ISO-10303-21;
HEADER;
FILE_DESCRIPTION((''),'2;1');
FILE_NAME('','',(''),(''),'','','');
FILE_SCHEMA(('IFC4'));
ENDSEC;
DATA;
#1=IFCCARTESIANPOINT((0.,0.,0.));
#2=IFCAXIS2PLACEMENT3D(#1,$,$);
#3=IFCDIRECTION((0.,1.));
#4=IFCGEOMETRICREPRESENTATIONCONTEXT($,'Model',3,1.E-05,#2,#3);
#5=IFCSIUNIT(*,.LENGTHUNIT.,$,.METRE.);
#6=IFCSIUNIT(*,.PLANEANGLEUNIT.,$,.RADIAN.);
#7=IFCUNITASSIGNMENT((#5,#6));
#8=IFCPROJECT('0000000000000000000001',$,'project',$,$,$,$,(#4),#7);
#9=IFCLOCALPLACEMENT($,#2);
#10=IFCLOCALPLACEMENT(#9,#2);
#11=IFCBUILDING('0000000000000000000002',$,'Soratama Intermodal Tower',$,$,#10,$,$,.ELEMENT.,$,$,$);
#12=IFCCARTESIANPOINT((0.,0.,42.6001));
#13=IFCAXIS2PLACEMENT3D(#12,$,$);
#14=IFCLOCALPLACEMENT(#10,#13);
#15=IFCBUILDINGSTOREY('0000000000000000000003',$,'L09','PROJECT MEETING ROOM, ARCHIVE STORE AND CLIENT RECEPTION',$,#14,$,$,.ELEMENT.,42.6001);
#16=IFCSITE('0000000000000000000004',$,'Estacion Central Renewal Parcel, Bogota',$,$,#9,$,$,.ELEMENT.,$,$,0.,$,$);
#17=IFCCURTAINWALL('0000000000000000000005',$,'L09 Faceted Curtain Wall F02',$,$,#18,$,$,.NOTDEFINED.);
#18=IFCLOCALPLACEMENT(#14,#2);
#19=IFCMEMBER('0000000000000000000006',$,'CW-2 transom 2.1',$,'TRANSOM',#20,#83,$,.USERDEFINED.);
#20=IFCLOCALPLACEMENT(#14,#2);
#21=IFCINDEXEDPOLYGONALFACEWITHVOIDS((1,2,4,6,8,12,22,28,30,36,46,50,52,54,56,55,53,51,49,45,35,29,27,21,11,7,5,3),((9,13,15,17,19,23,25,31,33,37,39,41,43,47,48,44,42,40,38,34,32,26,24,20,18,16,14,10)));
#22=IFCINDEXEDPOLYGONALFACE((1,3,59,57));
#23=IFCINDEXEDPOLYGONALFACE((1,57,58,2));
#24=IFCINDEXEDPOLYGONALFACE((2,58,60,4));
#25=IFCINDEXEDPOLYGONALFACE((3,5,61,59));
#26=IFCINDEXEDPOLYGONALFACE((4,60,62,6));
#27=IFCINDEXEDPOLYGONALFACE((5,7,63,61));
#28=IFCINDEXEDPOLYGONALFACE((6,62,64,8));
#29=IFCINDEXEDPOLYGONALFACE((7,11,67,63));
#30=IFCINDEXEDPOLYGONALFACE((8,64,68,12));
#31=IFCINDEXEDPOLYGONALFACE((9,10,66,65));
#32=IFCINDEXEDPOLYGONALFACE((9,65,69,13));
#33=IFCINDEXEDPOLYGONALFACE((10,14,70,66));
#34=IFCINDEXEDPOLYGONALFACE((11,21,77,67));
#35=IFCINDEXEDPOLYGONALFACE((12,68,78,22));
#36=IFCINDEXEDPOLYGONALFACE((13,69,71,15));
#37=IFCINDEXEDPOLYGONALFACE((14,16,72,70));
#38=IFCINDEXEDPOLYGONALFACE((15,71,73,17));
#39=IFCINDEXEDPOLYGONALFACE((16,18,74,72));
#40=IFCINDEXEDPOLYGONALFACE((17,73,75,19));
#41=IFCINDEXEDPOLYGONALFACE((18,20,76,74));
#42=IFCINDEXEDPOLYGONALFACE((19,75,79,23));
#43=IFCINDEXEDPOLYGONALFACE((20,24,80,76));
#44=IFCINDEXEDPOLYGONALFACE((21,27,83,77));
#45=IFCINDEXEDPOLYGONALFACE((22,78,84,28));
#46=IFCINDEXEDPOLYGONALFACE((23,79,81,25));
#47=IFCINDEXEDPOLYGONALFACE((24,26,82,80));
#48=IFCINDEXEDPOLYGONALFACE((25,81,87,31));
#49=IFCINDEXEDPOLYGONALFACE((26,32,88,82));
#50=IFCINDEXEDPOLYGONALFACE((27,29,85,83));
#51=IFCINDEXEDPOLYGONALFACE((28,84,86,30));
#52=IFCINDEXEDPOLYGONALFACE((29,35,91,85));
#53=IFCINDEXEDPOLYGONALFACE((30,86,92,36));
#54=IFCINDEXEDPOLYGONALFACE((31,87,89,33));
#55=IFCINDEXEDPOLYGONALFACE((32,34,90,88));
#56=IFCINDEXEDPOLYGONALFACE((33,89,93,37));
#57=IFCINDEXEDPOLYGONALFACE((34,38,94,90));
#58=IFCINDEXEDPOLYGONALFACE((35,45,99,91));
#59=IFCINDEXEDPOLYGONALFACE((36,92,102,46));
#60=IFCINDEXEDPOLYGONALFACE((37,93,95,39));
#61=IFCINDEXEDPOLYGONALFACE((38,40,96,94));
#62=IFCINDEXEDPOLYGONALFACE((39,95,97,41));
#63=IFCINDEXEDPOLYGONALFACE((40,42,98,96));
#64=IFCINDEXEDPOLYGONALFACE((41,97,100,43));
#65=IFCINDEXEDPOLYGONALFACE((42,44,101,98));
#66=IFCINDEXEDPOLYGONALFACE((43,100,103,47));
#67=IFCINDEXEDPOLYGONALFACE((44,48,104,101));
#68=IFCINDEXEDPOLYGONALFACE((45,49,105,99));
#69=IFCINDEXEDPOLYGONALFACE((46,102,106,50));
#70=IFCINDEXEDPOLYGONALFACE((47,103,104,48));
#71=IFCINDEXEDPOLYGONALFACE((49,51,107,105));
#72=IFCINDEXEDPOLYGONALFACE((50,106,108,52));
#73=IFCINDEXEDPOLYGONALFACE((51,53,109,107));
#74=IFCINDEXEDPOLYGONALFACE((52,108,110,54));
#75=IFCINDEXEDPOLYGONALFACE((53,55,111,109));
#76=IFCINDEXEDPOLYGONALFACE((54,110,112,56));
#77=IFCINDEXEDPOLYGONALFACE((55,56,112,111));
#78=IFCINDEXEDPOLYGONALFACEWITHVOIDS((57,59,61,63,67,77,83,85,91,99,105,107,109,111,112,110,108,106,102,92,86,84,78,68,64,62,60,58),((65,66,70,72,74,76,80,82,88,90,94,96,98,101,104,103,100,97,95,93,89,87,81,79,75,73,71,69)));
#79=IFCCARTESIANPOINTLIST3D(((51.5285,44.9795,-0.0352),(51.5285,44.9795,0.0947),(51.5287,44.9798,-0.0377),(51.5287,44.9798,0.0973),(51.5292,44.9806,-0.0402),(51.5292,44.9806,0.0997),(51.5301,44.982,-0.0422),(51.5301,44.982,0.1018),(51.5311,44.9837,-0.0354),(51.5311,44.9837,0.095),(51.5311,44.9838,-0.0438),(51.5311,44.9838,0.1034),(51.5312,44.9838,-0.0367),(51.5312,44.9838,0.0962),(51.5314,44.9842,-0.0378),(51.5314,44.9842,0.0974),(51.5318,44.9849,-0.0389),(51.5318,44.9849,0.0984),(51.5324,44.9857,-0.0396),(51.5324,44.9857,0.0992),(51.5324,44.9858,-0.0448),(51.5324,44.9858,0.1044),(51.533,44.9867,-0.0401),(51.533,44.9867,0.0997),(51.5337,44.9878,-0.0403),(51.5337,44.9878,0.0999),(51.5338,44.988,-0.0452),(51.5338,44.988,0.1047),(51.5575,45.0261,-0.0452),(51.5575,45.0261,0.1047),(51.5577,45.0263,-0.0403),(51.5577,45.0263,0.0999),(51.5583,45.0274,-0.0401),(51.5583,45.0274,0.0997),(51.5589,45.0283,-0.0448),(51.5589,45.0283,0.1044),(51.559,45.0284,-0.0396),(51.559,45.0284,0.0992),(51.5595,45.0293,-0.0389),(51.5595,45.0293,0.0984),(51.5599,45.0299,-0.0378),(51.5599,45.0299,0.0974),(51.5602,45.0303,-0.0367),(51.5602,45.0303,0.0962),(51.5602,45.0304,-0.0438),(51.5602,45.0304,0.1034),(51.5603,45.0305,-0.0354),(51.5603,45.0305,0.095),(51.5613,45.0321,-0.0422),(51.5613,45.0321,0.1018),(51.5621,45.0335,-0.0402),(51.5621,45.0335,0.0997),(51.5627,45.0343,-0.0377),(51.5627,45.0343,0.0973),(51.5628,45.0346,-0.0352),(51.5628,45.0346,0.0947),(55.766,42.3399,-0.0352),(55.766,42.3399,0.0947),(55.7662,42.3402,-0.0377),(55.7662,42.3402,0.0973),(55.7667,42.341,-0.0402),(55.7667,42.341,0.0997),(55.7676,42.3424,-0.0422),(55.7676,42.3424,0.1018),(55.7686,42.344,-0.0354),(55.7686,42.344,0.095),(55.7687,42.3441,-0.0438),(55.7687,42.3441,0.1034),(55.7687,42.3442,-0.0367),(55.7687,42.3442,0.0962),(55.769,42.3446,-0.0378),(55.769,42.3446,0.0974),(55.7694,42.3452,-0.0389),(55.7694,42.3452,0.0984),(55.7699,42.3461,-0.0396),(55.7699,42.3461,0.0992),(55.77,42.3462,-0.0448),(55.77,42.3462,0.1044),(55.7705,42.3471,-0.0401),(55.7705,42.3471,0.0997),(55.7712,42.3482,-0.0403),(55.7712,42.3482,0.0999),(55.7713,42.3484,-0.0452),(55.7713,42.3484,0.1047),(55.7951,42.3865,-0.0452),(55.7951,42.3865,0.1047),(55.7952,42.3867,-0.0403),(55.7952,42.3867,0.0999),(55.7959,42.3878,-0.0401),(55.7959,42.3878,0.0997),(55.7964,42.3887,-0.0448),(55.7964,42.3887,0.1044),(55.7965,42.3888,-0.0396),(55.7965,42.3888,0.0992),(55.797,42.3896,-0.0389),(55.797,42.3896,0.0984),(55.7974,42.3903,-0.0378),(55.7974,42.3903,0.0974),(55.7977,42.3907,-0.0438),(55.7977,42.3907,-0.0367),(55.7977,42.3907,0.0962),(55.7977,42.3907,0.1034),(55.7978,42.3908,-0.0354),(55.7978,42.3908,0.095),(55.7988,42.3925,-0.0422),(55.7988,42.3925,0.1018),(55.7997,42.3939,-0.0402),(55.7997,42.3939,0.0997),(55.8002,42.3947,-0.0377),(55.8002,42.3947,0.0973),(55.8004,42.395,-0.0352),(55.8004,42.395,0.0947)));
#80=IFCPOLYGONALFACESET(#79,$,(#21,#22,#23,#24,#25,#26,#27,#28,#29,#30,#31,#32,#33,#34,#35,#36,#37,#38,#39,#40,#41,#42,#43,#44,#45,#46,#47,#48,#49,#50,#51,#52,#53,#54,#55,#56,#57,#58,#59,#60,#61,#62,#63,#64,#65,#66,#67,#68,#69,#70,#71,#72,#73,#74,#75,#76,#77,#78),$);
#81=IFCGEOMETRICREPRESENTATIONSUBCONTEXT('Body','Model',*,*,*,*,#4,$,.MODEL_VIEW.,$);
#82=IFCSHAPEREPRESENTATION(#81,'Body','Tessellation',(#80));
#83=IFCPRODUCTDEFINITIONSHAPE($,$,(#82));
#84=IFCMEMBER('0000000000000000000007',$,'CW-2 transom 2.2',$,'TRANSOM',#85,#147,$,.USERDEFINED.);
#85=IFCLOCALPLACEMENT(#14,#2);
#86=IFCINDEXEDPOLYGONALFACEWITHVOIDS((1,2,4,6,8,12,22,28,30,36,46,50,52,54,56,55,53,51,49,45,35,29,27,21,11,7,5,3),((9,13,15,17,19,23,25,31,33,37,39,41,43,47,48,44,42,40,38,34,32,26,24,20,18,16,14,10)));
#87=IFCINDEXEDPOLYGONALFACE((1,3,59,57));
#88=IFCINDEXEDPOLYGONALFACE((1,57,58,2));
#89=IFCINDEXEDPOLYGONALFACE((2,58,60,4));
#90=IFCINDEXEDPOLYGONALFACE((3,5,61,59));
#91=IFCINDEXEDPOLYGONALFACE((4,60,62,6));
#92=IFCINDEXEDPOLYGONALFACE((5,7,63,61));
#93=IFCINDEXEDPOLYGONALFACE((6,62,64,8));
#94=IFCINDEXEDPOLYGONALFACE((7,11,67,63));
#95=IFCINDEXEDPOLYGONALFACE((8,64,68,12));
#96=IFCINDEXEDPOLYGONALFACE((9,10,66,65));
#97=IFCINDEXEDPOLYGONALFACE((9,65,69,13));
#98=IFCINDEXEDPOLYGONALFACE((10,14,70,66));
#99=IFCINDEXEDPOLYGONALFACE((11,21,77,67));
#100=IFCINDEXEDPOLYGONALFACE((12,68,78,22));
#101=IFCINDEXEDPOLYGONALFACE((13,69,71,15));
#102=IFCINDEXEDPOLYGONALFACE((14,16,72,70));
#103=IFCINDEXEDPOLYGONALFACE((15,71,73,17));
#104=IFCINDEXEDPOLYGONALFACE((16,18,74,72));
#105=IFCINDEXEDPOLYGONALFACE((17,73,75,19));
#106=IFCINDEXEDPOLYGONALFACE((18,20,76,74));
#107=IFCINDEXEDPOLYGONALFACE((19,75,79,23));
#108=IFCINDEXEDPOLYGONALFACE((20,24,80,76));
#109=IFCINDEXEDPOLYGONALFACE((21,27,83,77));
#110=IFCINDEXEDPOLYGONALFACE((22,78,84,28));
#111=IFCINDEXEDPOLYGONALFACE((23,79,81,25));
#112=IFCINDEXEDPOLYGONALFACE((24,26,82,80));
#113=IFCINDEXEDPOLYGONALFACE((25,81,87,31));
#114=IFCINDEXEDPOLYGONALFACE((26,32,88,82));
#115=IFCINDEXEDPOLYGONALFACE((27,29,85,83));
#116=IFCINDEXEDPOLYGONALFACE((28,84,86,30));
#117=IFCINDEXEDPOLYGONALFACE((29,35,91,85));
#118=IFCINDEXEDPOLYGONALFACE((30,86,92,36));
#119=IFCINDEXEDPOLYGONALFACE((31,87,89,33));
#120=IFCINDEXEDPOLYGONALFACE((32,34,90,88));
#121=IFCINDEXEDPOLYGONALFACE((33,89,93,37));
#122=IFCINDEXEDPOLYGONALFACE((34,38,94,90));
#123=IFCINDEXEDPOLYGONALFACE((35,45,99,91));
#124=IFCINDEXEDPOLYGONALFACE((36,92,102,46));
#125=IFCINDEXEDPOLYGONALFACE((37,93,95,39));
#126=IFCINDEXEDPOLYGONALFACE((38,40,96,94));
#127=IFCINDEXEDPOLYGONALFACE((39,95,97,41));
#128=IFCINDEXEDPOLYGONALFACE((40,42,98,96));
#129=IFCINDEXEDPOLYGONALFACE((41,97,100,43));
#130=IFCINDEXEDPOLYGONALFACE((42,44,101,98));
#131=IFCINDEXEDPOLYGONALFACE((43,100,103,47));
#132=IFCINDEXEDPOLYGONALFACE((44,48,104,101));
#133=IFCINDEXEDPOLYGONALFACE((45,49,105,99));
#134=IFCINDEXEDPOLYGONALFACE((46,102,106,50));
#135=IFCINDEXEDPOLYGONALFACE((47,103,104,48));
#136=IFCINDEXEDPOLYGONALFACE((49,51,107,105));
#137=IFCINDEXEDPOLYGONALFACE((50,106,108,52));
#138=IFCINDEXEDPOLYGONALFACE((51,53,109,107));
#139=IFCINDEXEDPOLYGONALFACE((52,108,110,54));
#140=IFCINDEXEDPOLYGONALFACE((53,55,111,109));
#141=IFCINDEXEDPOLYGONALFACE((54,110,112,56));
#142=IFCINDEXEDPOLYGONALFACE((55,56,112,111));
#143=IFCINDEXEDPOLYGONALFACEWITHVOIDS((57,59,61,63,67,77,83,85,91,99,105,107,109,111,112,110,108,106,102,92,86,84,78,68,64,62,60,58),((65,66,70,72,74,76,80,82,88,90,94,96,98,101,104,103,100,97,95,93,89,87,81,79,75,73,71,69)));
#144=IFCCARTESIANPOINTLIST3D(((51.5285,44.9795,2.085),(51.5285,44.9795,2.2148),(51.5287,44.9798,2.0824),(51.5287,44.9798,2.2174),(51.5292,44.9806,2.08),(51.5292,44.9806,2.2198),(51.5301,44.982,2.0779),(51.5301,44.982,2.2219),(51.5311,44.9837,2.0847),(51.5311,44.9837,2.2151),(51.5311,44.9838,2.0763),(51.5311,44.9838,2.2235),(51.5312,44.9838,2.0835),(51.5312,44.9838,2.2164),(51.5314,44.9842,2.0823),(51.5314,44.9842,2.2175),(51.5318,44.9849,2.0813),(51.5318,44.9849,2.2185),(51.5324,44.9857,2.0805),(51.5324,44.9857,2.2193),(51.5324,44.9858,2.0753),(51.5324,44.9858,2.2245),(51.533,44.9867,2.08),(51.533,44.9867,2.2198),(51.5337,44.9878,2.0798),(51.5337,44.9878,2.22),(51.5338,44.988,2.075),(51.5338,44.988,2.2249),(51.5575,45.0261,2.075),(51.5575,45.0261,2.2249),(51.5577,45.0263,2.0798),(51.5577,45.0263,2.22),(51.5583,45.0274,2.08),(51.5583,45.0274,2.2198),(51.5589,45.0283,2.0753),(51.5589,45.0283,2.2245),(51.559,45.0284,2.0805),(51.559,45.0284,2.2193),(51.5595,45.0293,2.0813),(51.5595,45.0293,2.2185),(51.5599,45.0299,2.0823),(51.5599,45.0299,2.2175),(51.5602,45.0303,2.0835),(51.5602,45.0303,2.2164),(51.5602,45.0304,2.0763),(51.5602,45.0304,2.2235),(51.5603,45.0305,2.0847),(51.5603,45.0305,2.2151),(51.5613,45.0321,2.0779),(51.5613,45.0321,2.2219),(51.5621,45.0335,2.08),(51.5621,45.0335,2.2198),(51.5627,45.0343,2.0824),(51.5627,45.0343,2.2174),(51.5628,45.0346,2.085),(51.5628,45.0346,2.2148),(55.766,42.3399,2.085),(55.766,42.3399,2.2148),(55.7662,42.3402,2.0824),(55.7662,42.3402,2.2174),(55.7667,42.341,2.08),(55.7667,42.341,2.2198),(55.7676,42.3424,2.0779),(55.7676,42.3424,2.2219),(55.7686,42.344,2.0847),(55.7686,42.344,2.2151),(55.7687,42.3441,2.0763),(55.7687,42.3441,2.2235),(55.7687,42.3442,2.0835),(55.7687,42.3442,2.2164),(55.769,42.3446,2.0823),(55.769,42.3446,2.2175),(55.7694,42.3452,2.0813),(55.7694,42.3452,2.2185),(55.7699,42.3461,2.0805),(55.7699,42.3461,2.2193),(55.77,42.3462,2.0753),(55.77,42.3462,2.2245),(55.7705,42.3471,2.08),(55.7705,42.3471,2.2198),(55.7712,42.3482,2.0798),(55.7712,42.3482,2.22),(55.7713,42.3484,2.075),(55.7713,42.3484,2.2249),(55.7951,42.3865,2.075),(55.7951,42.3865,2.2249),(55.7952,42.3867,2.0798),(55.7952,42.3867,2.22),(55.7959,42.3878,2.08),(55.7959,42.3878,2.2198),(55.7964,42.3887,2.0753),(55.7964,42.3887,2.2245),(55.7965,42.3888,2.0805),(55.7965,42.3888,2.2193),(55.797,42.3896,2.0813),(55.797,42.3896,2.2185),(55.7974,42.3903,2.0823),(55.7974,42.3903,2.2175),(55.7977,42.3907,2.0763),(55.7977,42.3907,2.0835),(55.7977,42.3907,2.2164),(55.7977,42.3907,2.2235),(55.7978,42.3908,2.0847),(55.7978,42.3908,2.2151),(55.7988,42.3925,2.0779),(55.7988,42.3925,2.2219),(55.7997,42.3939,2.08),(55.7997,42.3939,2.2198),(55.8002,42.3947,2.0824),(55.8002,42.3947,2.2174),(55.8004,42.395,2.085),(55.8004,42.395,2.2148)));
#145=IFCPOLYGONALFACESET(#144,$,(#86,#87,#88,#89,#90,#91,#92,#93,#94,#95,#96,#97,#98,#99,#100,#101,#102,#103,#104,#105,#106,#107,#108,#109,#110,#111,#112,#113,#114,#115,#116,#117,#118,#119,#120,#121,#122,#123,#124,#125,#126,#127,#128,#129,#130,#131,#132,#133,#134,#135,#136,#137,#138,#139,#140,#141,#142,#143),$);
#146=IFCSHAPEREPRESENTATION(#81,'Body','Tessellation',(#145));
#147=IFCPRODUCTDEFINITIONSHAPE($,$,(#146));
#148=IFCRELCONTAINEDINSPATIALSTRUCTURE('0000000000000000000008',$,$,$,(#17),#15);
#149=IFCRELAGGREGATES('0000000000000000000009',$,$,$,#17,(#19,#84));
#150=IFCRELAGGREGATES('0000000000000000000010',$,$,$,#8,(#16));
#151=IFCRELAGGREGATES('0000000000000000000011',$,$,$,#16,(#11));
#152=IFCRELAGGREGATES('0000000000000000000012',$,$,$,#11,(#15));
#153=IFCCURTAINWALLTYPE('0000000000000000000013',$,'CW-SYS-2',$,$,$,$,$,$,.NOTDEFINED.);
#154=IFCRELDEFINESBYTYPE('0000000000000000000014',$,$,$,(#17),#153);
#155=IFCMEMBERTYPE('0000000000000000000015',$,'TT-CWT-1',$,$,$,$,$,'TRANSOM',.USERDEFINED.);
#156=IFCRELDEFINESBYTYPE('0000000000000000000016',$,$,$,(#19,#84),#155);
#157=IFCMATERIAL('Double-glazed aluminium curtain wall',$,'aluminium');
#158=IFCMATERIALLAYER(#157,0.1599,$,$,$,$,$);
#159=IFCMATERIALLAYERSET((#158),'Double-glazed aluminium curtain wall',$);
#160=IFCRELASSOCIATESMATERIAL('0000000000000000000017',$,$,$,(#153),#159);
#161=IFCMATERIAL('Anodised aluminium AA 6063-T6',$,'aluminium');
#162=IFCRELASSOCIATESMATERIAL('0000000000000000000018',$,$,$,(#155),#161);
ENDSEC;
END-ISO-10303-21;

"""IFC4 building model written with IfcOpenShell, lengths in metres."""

from ifc_helpers import new_model, si_unit, direction, frame, origin, origin_2d, place, context, subcontext, project, spatial, hollow_rectangle, extrude, material, layer, layer_set, material_profile, profile_set, type_object, element, aggregate, save


model = new_model("IFC4")

# Units and contexts
model_context = context("Model", 3, precision=1e-05, world=origin(), true_north=direction((0.0, 1.0)))
body_context = subcontext(model_context, "Body", "Model", "MODEL_VIEW")
ifc_project = project(units=[si_unit("LENGTHUNIT", "METRE"), si_unit("PLANEANGLEUNIT", "RADIAN")], contexts=[model_context])

# Site, building, storey
site_placement = place(None, origin())
site = spatial("IfcSite", under=ifc_project, at=site_placement, Name="Estacion Central Renewal Parcel, Bogota", CompositionType="ELEMENT", RefElevation=0.0)
building_placement = place(site_placement, origin())
building = spatial("IfcBuilding", under=site, at=building_placement, Name="Soratama Intermodal Tower", CompositionType="ELEMENT")
storey_placement = place(building_placement, frame((0.0, 0.0, 42.6001)))
storey = spatial("IfcBuildingStorey", under=building, at=storey_placement, Name="L09", Description="PROJECT MEETING ROOM, ARCHIVE STORE AND CLIENT RECEPTION", CompositionType="ELEMENT", Elevation=42.6001)

# Shared definitions
ifc_material_1 = material(Name="Double-glazed aluminium curtain wall", Category="aluminium")
ifc_layer_1 = layer(ifc_material_1, 0.1599)
ifc_layer_set_1 = layer_set([ifc_layer_1], Name="Double-glazed aluminium curtain wall")
curtain_wall_type = type_object("IfcCurtainWallType", Name="CW-SYS-2", PredefinedType="NOTDEFINED", material=ifc_layer_set_1)

# Curtain wall, members
curtain_wall_1_placement = place(storey_placement, origin())
curtain_wall_1 = element("IfcCurtainWall", 1, at=curtain_wall_1_placement, inside=storey, type_object=curtain_wall_type, Name="L09 Faceted Curtain Wall F02", PredefinedType="NOTDEFINED")
ifc_material_2 = material(Name="Anodised aluminium AA 6063-T6", Category="aluminium")
ifc_material_profile_1 = material_profile(ifc_material_2, hollow_rectangle(XDim=0.0649, YDim=0.1499, WallThickness=0.0049, InnerFilletRadius=0.0049, OuterFilletRadius=0.01, at=origin_2d()), Name="CWT150X65X5")
ifc_profile_set_1 = profile_set([ifc_material_profile_1], Name="Anodised aluminium AA 6063-T6")
member_type_1 = type_object("IfcMemberType", Name="TT-CWT-1", ElementType="TRANSOM", PredefinedType="USERDEFINED", material=ifc_profile_set_1)
member_1_placement = place(storey_placement, frame((55.7832, 42.3674, 0.0298), z_axis=(-0.848791, 0.528728, 0.0), x_axis=(-0.528728, -0.848791, 0.0)))
member_1 = element("IfcMember", 2, at=member_1_placement, type_object=member_type_1, Name="CW-2 transom 2.1", ObjectType="TRANSOM", PredefinedType="USERDEFINED", context=body_context, shape_type="SweptSolid", body=[
    extrude(hollow_rectangle(XDim=0.0649, YDim=0.1499, WallThickness=0.0049, InnerFilletRadius=0.0049, OuterFilletRadius=0.01, at=origin_2d()), origin(), (0.0, 0.0, 1.0), 4.9924),
])
member_2_placement = place(storey_placement, frame((55.7832, 42.3674, 2.1499), z_axis=(-0.848791, 0.528728, 0.0), x_axis=(-0.528728, -0.848791, 0.0)))
member_2 = element("IfcMember", 3, at=member_2_placement, type_object=member_type_1, Name="CW-2 transom 2.2", ObjectType="TRANSOM", PredefinedType="USERDEFINED", context=body_context, shape_type="SweptSolid", body=[
    extrude(hollow_rectangle(XDim=0.0649, YDim=0.1499, WallThickness=0.0049, InnerFilletRadius=0.0049, OuterFilletRadius=0.01, at=origin_2d()), origin(), (0.0, 0.0, 1.0), 4.9924),
])

aggregate(curtain_wall_1, [member_1, member_2])

save(model, "model.ifc")
